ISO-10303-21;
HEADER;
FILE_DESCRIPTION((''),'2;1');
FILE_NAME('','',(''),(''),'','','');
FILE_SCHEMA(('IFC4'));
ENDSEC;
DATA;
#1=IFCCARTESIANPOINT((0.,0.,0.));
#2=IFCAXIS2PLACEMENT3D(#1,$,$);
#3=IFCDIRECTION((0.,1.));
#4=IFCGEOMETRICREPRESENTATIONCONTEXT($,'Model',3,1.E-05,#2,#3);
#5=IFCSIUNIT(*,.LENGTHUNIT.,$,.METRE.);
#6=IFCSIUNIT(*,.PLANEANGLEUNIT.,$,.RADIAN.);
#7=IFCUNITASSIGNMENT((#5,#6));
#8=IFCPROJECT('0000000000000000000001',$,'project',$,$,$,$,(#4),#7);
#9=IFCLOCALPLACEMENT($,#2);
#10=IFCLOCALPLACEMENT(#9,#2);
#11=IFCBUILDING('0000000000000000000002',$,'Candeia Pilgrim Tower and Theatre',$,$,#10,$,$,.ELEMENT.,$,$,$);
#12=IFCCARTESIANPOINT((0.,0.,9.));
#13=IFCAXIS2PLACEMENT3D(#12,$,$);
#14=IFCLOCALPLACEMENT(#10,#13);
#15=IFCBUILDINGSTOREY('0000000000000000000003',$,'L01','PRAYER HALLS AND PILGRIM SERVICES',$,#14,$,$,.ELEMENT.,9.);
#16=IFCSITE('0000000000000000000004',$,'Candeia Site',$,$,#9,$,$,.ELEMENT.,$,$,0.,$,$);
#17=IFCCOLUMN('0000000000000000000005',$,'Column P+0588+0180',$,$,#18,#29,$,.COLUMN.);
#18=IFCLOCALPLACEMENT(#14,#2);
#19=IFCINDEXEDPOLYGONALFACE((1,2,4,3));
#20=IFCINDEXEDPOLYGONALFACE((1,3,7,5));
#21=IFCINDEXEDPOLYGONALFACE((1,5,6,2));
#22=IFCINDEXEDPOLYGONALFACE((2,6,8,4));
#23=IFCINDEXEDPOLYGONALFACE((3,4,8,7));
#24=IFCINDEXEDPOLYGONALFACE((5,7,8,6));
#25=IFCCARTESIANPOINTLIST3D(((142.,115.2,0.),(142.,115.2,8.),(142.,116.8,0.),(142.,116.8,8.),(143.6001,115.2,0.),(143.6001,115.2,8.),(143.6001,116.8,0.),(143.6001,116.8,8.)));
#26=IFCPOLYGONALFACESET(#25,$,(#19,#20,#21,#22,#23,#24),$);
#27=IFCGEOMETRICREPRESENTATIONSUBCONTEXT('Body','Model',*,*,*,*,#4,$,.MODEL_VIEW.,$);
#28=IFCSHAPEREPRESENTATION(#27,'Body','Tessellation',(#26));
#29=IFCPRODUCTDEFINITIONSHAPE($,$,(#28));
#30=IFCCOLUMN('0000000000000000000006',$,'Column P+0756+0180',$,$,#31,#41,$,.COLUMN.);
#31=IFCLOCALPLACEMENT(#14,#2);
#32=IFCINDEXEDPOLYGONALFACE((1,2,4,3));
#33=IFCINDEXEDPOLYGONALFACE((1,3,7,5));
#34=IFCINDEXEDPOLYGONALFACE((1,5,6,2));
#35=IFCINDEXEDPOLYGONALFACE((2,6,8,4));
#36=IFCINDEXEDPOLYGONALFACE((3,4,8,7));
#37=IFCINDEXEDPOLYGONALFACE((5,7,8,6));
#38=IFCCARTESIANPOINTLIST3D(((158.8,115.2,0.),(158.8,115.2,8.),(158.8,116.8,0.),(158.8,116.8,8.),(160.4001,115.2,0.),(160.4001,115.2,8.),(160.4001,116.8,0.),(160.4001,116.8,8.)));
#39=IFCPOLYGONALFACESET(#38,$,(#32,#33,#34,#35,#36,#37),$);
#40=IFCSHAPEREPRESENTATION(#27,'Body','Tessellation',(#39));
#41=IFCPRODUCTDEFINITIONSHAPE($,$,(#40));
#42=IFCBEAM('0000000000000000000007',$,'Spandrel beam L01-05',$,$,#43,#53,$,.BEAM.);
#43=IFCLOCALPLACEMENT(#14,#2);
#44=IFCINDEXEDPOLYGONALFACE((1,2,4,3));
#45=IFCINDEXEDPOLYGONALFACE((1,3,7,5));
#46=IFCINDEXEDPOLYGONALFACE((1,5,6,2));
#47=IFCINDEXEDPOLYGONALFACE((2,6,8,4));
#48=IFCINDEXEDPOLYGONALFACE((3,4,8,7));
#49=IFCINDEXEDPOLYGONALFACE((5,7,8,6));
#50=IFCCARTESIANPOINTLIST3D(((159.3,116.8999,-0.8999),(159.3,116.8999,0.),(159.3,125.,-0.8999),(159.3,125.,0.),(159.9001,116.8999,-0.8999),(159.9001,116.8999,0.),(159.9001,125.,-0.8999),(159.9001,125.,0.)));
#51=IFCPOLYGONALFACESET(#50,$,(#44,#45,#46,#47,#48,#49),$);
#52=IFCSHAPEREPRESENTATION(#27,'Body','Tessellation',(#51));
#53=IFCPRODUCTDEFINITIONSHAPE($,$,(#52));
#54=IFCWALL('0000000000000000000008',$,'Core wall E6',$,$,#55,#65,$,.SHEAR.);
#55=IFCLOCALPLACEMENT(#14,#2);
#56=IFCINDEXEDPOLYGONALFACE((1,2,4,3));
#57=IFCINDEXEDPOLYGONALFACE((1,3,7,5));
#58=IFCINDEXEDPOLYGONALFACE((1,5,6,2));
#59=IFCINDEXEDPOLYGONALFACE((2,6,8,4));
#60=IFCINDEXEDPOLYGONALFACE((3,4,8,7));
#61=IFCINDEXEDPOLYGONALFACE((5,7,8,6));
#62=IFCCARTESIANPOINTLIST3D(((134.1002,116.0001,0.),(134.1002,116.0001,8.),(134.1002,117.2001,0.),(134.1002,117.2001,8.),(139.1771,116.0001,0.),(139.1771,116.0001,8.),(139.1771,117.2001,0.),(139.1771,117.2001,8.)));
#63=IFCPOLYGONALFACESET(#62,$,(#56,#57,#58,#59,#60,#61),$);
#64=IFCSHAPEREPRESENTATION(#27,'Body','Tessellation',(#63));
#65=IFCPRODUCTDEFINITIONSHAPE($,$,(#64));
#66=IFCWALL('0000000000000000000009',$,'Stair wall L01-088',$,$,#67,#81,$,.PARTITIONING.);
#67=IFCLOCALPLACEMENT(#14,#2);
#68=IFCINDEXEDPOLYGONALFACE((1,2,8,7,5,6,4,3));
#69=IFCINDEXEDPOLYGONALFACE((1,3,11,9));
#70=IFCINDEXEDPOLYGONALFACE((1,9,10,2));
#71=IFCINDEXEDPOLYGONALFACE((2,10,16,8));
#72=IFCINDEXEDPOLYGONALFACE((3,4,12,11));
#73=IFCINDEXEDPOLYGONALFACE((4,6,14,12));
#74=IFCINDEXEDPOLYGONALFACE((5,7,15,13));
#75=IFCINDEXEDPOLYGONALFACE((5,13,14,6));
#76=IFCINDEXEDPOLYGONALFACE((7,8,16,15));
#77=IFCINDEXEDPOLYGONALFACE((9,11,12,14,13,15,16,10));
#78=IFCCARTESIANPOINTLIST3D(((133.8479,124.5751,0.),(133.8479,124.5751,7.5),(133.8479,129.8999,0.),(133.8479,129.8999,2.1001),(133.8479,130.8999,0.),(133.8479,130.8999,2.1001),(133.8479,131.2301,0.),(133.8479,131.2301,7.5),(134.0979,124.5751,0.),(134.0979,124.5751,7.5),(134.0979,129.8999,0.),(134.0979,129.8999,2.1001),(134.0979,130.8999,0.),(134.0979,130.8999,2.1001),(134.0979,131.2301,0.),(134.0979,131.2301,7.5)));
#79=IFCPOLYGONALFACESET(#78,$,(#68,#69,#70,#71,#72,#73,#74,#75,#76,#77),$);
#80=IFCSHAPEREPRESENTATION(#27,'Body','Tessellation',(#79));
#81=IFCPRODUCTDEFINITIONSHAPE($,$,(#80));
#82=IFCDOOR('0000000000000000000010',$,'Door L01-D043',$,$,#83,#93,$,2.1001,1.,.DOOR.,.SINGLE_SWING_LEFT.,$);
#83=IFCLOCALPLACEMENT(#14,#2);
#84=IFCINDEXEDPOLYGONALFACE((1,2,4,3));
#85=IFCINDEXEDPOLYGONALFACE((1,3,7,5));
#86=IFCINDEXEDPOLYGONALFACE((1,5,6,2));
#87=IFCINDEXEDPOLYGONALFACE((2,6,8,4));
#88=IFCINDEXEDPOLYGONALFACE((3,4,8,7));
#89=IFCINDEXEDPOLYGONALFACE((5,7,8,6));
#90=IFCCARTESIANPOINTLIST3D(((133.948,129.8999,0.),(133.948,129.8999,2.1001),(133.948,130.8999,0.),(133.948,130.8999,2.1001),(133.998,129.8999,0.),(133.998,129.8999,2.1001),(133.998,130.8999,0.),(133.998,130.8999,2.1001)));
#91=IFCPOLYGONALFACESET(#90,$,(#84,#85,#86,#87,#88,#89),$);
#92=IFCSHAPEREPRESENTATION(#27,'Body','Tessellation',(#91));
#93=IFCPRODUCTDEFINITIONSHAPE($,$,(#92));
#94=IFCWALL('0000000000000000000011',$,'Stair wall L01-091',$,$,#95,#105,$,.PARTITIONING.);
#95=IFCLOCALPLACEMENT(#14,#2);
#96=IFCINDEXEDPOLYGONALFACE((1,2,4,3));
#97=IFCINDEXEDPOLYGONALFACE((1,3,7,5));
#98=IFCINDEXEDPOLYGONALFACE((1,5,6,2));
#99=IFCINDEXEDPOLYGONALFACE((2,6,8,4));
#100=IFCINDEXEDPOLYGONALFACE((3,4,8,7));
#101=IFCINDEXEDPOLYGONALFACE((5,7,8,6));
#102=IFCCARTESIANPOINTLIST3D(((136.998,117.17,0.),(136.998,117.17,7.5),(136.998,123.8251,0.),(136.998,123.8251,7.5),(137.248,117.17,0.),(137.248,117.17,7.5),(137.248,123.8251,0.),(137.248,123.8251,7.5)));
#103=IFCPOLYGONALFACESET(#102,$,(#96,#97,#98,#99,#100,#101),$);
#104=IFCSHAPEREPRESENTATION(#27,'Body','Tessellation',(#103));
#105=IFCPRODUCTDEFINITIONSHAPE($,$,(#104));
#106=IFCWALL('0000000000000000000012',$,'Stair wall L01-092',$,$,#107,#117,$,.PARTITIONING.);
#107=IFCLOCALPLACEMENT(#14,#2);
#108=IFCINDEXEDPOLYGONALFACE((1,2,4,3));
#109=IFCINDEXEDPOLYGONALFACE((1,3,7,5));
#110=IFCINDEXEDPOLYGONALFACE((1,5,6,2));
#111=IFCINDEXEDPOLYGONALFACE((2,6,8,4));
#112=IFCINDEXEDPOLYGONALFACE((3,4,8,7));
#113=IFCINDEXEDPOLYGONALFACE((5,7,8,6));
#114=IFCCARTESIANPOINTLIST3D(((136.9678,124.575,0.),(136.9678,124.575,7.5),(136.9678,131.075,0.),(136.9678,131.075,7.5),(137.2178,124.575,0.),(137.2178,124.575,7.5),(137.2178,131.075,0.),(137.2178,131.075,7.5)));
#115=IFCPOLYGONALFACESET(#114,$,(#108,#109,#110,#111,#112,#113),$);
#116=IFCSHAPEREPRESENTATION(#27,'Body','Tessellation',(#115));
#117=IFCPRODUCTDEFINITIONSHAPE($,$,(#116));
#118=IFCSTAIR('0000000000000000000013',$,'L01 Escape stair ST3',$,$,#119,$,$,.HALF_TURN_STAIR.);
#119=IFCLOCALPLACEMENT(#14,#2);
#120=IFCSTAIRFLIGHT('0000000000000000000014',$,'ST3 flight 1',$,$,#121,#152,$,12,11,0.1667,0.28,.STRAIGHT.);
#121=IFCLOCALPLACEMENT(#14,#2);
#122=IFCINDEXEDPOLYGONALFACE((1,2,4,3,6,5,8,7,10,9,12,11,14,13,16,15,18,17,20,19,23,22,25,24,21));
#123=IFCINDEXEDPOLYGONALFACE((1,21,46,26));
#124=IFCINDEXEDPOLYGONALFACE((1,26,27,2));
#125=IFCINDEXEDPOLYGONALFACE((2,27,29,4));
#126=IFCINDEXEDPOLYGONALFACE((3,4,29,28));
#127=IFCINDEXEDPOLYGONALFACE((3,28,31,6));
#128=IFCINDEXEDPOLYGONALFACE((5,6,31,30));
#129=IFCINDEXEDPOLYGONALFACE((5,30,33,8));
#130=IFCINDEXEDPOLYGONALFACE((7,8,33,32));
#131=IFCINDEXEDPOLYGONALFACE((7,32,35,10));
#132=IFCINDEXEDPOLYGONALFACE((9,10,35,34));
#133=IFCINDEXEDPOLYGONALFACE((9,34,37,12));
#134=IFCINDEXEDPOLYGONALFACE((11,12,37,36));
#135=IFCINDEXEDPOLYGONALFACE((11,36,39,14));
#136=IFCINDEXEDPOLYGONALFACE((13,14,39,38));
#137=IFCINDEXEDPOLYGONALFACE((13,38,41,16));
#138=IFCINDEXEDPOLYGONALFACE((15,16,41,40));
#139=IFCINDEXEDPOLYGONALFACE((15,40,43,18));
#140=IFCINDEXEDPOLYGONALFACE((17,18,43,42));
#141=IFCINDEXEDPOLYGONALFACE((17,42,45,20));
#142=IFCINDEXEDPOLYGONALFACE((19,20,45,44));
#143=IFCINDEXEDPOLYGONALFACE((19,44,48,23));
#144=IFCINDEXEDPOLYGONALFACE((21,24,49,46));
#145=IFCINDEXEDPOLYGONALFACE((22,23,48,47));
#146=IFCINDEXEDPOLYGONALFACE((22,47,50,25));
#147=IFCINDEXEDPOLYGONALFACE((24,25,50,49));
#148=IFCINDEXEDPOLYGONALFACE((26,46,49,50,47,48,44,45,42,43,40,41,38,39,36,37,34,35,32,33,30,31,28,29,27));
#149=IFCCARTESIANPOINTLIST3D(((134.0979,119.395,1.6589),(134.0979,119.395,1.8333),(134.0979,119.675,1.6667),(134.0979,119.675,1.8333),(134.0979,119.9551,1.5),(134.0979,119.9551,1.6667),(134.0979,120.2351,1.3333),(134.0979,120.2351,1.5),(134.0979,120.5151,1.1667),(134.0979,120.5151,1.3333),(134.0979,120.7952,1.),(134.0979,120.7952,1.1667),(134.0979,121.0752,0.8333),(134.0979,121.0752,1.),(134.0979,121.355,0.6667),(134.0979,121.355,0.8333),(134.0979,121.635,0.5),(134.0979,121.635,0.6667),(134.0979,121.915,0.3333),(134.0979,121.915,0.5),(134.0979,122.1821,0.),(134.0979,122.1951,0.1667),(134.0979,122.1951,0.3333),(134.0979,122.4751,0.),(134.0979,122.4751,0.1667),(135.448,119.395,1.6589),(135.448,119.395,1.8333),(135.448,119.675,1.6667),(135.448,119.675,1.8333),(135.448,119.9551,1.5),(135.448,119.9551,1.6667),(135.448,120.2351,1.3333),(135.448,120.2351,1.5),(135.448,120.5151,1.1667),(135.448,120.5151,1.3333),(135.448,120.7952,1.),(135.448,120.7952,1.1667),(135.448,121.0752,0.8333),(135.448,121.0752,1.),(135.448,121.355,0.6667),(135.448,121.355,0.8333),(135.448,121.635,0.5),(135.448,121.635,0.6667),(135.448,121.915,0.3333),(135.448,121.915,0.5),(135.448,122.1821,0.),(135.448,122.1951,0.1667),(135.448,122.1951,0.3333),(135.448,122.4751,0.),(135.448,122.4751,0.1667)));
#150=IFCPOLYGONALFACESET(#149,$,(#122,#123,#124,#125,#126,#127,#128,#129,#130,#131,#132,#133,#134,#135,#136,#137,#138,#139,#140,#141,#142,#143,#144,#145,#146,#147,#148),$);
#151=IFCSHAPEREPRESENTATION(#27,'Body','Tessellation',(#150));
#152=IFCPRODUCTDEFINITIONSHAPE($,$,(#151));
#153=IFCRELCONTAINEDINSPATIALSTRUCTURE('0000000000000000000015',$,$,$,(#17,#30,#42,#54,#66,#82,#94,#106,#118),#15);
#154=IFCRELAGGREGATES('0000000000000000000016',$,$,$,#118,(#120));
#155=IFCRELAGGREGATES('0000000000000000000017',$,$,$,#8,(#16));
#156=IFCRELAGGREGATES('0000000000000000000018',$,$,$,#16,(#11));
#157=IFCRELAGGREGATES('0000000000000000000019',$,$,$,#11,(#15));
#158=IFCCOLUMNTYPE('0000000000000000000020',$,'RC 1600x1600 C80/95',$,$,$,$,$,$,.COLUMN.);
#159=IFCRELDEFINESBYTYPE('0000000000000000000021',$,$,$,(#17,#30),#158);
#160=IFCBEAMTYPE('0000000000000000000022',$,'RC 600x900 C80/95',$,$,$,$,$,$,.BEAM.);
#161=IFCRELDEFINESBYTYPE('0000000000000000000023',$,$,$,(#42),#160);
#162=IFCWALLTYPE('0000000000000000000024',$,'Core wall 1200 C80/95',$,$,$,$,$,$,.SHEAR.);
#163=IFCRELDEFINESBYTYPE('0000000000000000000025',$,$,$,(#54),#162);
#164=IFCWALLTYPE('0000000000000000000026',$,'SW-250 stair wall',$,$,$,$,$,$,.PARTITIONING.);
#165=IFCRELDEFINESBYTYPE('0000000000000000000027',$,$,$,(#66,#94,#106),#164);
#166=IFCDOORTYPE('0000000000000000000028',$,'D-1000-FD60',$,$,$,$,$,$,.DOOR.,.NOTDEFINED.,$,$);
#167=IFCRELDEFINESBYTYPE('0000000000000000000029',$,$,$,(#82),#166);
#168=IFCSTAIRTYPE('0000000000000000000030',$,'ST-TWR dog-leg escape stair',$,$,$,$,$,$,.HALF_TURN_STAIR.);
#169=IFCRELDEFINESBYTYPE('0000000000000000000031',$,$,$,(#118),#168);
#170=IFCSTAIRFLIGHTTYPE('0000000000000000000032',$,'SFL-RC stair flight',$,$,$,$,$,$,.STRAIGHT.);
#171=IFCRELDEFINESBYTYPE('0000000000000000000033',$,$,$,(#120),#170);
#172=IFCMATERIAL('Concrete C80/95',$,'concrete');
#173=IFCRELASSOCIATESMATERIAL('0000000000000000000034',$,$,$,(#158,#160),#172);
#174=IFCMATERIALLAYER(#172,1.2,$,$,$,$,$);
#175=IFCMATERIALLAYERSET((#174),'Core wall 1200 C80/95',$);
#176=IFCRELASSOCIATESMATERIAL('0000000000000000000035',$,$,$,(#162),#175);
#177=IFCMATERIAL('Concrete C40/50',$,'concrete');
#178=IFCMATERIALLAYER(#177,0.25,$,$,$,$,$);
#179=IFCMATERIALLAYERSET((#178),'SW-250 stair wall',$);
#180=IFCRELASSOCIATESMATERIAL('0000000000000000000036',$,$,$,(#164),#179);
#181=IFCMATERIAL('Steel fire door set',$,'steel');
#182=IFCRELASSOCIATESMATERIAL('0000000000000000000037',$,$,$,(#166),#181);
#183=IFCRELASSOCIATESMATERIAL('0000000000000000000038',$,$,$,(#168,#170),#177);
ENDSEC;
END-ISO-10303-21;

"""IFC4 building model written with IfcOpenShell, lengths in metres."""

from ifc_helpers import new_model, si_unit, direction, frame, frame_2d, origin, origin_2d, place, context, subcontext, project, spatial, polyline, rectangle, outline, extrude, material, layer, layer_set, material_profile, profile_set, type_object, element, fill, aggregate, save


model = new_model("IFC4")

# Units and contexts
model_context = context("Model", 3, precision=1e-05, world=origin(), true_north=direction((0.0, 1.0)))
body_context = subcontext(model_context, "Body", "Model", "MODEL_VIEW")
ifc_project = project(units=[si_unit("LENGTHUNIT", "METRE"), si_unit("PLANEANGLEUNIT", "RADIAN")], contexts=[model_context])

# Site, building, storey
site_placement = place(None, origin())
site = spatial("IfcSite", under=ifc_project, at=site_placement, Name="Candeia Site", CompositionType="ELEMENT", RefElevation=0.0)
building_placement = place(site_placement, origin())
building = spatial("IfcBuilding", under=site, at=building_placement, Name="Candeia Pilgrim Tower and Theatre", CompositionType="ELEMENT")
storey_placement = place(building_placement, frame((0.0, 0.0, 9.0)))
storey = spatial("IfcBuildingStorey", under=building, at=storey_placement, Name="L01", Description="PRAYER HALLS AND PILGRIM SERVICES", CompositionType="ELEMENT", Elevation=9.0)

# Columns
ifc_material_1 = material(Name="Concrete C80/95", Category="concrete")
ifc_material_profile_1 = material_profile(ifc_material_1, rectangle(XDim=1.6001, YDim=1.6001, at=origin_2d()))
ifc_profile_set_1 = profile_set([ifc_material_profile_1], Name="Concrete C80/95")
column_type = type_object("IfcColumnType", Name="RC 1600x1600 C80/95", PredefinedType="COLUMN", material=ifc_profile_set_1)
for number, where, z_axis, x_axis, name in (
    (1, (142.8, 116.0, 0.0), (0.0, 0.0, 1.0), (1.0, 0.0, 0.0), "Column P+0588+0180"),
    (2, (159.6001, 116.0, 0.0), (0.0, 0.0, 1.0), (1.0, 0.0, 0.0), "Column P+0756+0180"),
):
    element("IfcColumn", number, at=place(storey_placement, frame(where, z_axis=z_axis, x_axis=x_axis)), inside=storey, type_object=column_type, Name=name, PredefinedType="COLUMN", context=body_context, shape_type="SweptSolid", body=[
        extrude(rectangle(XDim=1.6001, YDim=1.6001, at=origin_2d()), origin(), (0.0, 0.0, 1.0), 8.0),
    ])

# Beam
ifc_material_profile_2 = material_profile(ifc_material_1, rectangle(XDim=0.6001, YDim=0.8999, at=origin_2d()))
ifc_profile_set_2 = profile_set([ifc_material_profile_2], Name="Concrete C80/95")
beam_type = type_object("IfcBeamType", Name="RC 600x900 C80/95", PredefinedType="BEAM", material=ifc_profile_set_2)
beam_placement = place(storey_placement, frame((159.6001, 116.8999, -0.45), z_axis=(0.0, 1.0, 0.0), x_axis=(-1.0, 0.0, 0.0)))
element("IfcBeam", 3, at=beam_placement, inside=storey, type_object=beam_type, Name="Spandrel beam L01-05", PredefinedType="BEAM", context=body_context, shape_type="SweptSolid", body=[
    extrude(rectangle(XDim=0.6001, YDim=0.8999, at=origin_2d()), origin(), (0.0, 0.0, 1.0), 8.1001),
])

# Wall
ifc_layer_1 = layer(ifc_material_1, 1.2)
ifc_layer_set_1 = layer_set([ifc_layer_1], Name="Core wall 1200 C80/95")
wall_type_1 = type_object("IfcWallType", Name="Core wall 1200 C80/95", PredefinedType="SHEAR", material=ifc_layer_set_1)
wall_1_placement = place(storey_placement, frame((134.1001, 116.6001, 0.0), z_axis=(0.0, 0.0, 1.0), x_axis=(1.0, 0.0, 0.0)))
element("IfcWall", 4, at=wall_1_placement, inside=storey, type_object=wall_type_1, Name="Core wall E6", PredefinedType="SHEAR", context=body_context, shape_type="SweptSolid", body=[
    extrude(rectangle(XDim=5.0769, YDim=1.2, at=frame_2d((2.5386, 0.0))), origin(), (0.0, 0.0, 1.0), 8.0),
])

# Wall, opening, door
ifc_material_2 = material(Name="Concrete C40/50", Category="concrete")
ifc_layer_2 = layer(ifc_material_2, 0.25)
ifc_layer_set_2 = layer_set([ifc_layer_2], Name="SW-250 stair wall")
wall_type_2 = type_object("IfcWallType", Name="SW-250 stair wall", PredefinedType="PARTITIONING", material=ifc_layer_set_2)
wall_2_placement = place(storey_placement, frame((133.9729, 124.575, 0.0), z_axis=(0.0, 0.0, 1.0), x_axis=(0.0, 1.0, 0.0)))
wall_2 = element("IfcWall", 5, at=wall_2_placement, inside=storey, type_object=wall_type_2, Name="Stair wall L01-088", PredefinedType="PARTITIONING", context=body_context, shape_type="SweptSolid", body=[
    extrude(rectangle(XDim=6.655, YDim=0.25, at=frame_2d((3.3276, 0.0))), origin(), (0.0, 0.0, 1.0), 7.5),
])
opening_placement = place(wall_2_placement, frame((5.325, 0.0, 0.0)))
opening = element("IfcOpeningElement", 6, at=opening_placement, cuts=wall_2, PredefinedType="OPENING", context=body_context, shape_type="SweptSolid", body=[
    extrude(rectangle(XDim=1.0, YDim=2.1001, at=frame_2d((0.5, 1.05))), frame((0.0, 0.135, 0.0), z_axis=(0.0, -1.0, 0.0), x_axis=(1.0, 0.0, 0.0)), (0.0, 0.0, 1.0), 0.27),
])
ifc_material_3 = material(Name="Steel fire door set", Category="steel")
door_type = type_object("IfcDoorType", Name="D-1000-FD60", OperationType="NOTDEFINED", PredefinedType="DOOR", material=ifc_material_3)
door_placement = place(opening_placement, origin())
door = element("IfcDoor", 7, at=door_placement, inside=storey, type_object=door_type, Name="Door L01-D043", OperationType="SINGLE_SWING_LEFT", OverallHeight=2.1001, OverallWidth=1.0, PredefinedType="DOOR", context=body_context, shape_type="SweptSolid", body=[
    extrude(rectangle(XDim=1.0, YDim=2.1001, at=frame_2d((0.5, 1.05))), frame((0.0, 0.0249, 0.0), z_axis=(0.0, -1.0, 0.0), x_axis=(1.0, 0.0, 0.0)), (0.0, 0.0, 1.0), 0.05),
])
fill(opening, door)

# Walls
wall_3_placement = place(storey_placement, frame((137.123, 117.1699, 0.0), z_axis=(0.0, 0.0, 1.0), x_axis=(0.0, 1.0, 0.0)))
element("IfcWall", 8, at=wall_3_placement, inside=storey, type_object=wall_type_2, Name="Stair wall L01-091", PredefinedType="PARTITIONING", context=body_context, shape_type="SweptSolid", body=[
    extrude(rectangle(XDim=6.655, YDim=0.25, at=frame_2d((3.3276, 0.0))), origin(), (0.0, 0.0, 1.0), 7.5),
])
wall_4_placement = place(storey_placement, frame((137.0928, 124.575, 0.0), z_axis=(0.0, 0.0, 1.0), x_axis=(0.0, 1.0, 0.0)))
element("IfcWall", 9, at=wall_4_placement, inside=storey, type_object=wall_type_2, Name="Stair wall L01-092", PredefinedType="PARTITIONING", context=body_context, shape_type="SweptSolid", body=[
    extrude(rectangle(XDim=6.5, YDim=0.25, at=frame_2d((3.25, 0.0))), origin(), (0.0, 0.0, 1.0), 7.5),
])

# Stair, stair flight
stair_type = type_object("IfcStairType", Name="ST-TWR dog-leg escape stair", PredefinedType="HALF_TURN_STAIR", material=ifc_material_2)
stair_placement = place(storey_placement, origin())
stair = element("IfcStair", 10, at=stair_placement, inside=storey, type_object=stair_type, Name="L01 Escape stair ST3", PredefinedType="HALF_TURN_STAIR")
stair_flight_type = type_object("IfcStairFlightType", Name="SFL-RC stair flight", PredefinedType="STRAIGHT", material=ifc_material_2)
stair_flight_1_placement = place(storey_placement, frame((134.7729, 122.4751, 0.0), z_axis=(0.0, 0.0, 1.0), x_axis=(0.0, -1.0, 0.0)))
stair_flight_1 = element("IfcStairFlight", 11, at=stair_flight_1_placement, type_object=stair_flight_type, Name="ST3 flight 1", NumberOfRisers=12, NumberOfTreads=11, PredefinedType="STRAIGHT", RiserHeight=0.1667, TreadLength=0.28, context=body_context, shape_type="SweptSolid", body=[
    extrude(outline(polyline([(0.0, 0.0), (0.0, 0.1667), (0.28, 0.1667), (0.28, 0.3333), (0.5601, 0.3333), (0.5601, 0.5), (0.8401, 0.5), (0.8401, 0.6667), (1.1201, 0.6667), (1.1201, 0.8333), (1.3999, 0.8333), (1.3999, 1.0), (1.6799, 1.0), (1.6799, 1.1667), (1.96, 1.1667), (1.96, 1.3333), (2.24, 1.3333), (2.24, 1.5), (2.52, 1.5), (2.52, 1.6667), (2.8, 1.6667), (2.8, 1.8333), (3.0801, 1.8333), (3.0801, 2.0), (3.0801, 1.6589), (0.293, 0.0), (0.0, 0.0)])), frame((0.0, 0.675, 0.0), z_axis=(0.0, -1.0, 0.0), x_axis=(1.0, 0.0, 0.0)), (0.0, 0.0, 1.0), 1.3501),
])
aggregate(stair, [stair_flight_1])

save(model, "model.ifc")
